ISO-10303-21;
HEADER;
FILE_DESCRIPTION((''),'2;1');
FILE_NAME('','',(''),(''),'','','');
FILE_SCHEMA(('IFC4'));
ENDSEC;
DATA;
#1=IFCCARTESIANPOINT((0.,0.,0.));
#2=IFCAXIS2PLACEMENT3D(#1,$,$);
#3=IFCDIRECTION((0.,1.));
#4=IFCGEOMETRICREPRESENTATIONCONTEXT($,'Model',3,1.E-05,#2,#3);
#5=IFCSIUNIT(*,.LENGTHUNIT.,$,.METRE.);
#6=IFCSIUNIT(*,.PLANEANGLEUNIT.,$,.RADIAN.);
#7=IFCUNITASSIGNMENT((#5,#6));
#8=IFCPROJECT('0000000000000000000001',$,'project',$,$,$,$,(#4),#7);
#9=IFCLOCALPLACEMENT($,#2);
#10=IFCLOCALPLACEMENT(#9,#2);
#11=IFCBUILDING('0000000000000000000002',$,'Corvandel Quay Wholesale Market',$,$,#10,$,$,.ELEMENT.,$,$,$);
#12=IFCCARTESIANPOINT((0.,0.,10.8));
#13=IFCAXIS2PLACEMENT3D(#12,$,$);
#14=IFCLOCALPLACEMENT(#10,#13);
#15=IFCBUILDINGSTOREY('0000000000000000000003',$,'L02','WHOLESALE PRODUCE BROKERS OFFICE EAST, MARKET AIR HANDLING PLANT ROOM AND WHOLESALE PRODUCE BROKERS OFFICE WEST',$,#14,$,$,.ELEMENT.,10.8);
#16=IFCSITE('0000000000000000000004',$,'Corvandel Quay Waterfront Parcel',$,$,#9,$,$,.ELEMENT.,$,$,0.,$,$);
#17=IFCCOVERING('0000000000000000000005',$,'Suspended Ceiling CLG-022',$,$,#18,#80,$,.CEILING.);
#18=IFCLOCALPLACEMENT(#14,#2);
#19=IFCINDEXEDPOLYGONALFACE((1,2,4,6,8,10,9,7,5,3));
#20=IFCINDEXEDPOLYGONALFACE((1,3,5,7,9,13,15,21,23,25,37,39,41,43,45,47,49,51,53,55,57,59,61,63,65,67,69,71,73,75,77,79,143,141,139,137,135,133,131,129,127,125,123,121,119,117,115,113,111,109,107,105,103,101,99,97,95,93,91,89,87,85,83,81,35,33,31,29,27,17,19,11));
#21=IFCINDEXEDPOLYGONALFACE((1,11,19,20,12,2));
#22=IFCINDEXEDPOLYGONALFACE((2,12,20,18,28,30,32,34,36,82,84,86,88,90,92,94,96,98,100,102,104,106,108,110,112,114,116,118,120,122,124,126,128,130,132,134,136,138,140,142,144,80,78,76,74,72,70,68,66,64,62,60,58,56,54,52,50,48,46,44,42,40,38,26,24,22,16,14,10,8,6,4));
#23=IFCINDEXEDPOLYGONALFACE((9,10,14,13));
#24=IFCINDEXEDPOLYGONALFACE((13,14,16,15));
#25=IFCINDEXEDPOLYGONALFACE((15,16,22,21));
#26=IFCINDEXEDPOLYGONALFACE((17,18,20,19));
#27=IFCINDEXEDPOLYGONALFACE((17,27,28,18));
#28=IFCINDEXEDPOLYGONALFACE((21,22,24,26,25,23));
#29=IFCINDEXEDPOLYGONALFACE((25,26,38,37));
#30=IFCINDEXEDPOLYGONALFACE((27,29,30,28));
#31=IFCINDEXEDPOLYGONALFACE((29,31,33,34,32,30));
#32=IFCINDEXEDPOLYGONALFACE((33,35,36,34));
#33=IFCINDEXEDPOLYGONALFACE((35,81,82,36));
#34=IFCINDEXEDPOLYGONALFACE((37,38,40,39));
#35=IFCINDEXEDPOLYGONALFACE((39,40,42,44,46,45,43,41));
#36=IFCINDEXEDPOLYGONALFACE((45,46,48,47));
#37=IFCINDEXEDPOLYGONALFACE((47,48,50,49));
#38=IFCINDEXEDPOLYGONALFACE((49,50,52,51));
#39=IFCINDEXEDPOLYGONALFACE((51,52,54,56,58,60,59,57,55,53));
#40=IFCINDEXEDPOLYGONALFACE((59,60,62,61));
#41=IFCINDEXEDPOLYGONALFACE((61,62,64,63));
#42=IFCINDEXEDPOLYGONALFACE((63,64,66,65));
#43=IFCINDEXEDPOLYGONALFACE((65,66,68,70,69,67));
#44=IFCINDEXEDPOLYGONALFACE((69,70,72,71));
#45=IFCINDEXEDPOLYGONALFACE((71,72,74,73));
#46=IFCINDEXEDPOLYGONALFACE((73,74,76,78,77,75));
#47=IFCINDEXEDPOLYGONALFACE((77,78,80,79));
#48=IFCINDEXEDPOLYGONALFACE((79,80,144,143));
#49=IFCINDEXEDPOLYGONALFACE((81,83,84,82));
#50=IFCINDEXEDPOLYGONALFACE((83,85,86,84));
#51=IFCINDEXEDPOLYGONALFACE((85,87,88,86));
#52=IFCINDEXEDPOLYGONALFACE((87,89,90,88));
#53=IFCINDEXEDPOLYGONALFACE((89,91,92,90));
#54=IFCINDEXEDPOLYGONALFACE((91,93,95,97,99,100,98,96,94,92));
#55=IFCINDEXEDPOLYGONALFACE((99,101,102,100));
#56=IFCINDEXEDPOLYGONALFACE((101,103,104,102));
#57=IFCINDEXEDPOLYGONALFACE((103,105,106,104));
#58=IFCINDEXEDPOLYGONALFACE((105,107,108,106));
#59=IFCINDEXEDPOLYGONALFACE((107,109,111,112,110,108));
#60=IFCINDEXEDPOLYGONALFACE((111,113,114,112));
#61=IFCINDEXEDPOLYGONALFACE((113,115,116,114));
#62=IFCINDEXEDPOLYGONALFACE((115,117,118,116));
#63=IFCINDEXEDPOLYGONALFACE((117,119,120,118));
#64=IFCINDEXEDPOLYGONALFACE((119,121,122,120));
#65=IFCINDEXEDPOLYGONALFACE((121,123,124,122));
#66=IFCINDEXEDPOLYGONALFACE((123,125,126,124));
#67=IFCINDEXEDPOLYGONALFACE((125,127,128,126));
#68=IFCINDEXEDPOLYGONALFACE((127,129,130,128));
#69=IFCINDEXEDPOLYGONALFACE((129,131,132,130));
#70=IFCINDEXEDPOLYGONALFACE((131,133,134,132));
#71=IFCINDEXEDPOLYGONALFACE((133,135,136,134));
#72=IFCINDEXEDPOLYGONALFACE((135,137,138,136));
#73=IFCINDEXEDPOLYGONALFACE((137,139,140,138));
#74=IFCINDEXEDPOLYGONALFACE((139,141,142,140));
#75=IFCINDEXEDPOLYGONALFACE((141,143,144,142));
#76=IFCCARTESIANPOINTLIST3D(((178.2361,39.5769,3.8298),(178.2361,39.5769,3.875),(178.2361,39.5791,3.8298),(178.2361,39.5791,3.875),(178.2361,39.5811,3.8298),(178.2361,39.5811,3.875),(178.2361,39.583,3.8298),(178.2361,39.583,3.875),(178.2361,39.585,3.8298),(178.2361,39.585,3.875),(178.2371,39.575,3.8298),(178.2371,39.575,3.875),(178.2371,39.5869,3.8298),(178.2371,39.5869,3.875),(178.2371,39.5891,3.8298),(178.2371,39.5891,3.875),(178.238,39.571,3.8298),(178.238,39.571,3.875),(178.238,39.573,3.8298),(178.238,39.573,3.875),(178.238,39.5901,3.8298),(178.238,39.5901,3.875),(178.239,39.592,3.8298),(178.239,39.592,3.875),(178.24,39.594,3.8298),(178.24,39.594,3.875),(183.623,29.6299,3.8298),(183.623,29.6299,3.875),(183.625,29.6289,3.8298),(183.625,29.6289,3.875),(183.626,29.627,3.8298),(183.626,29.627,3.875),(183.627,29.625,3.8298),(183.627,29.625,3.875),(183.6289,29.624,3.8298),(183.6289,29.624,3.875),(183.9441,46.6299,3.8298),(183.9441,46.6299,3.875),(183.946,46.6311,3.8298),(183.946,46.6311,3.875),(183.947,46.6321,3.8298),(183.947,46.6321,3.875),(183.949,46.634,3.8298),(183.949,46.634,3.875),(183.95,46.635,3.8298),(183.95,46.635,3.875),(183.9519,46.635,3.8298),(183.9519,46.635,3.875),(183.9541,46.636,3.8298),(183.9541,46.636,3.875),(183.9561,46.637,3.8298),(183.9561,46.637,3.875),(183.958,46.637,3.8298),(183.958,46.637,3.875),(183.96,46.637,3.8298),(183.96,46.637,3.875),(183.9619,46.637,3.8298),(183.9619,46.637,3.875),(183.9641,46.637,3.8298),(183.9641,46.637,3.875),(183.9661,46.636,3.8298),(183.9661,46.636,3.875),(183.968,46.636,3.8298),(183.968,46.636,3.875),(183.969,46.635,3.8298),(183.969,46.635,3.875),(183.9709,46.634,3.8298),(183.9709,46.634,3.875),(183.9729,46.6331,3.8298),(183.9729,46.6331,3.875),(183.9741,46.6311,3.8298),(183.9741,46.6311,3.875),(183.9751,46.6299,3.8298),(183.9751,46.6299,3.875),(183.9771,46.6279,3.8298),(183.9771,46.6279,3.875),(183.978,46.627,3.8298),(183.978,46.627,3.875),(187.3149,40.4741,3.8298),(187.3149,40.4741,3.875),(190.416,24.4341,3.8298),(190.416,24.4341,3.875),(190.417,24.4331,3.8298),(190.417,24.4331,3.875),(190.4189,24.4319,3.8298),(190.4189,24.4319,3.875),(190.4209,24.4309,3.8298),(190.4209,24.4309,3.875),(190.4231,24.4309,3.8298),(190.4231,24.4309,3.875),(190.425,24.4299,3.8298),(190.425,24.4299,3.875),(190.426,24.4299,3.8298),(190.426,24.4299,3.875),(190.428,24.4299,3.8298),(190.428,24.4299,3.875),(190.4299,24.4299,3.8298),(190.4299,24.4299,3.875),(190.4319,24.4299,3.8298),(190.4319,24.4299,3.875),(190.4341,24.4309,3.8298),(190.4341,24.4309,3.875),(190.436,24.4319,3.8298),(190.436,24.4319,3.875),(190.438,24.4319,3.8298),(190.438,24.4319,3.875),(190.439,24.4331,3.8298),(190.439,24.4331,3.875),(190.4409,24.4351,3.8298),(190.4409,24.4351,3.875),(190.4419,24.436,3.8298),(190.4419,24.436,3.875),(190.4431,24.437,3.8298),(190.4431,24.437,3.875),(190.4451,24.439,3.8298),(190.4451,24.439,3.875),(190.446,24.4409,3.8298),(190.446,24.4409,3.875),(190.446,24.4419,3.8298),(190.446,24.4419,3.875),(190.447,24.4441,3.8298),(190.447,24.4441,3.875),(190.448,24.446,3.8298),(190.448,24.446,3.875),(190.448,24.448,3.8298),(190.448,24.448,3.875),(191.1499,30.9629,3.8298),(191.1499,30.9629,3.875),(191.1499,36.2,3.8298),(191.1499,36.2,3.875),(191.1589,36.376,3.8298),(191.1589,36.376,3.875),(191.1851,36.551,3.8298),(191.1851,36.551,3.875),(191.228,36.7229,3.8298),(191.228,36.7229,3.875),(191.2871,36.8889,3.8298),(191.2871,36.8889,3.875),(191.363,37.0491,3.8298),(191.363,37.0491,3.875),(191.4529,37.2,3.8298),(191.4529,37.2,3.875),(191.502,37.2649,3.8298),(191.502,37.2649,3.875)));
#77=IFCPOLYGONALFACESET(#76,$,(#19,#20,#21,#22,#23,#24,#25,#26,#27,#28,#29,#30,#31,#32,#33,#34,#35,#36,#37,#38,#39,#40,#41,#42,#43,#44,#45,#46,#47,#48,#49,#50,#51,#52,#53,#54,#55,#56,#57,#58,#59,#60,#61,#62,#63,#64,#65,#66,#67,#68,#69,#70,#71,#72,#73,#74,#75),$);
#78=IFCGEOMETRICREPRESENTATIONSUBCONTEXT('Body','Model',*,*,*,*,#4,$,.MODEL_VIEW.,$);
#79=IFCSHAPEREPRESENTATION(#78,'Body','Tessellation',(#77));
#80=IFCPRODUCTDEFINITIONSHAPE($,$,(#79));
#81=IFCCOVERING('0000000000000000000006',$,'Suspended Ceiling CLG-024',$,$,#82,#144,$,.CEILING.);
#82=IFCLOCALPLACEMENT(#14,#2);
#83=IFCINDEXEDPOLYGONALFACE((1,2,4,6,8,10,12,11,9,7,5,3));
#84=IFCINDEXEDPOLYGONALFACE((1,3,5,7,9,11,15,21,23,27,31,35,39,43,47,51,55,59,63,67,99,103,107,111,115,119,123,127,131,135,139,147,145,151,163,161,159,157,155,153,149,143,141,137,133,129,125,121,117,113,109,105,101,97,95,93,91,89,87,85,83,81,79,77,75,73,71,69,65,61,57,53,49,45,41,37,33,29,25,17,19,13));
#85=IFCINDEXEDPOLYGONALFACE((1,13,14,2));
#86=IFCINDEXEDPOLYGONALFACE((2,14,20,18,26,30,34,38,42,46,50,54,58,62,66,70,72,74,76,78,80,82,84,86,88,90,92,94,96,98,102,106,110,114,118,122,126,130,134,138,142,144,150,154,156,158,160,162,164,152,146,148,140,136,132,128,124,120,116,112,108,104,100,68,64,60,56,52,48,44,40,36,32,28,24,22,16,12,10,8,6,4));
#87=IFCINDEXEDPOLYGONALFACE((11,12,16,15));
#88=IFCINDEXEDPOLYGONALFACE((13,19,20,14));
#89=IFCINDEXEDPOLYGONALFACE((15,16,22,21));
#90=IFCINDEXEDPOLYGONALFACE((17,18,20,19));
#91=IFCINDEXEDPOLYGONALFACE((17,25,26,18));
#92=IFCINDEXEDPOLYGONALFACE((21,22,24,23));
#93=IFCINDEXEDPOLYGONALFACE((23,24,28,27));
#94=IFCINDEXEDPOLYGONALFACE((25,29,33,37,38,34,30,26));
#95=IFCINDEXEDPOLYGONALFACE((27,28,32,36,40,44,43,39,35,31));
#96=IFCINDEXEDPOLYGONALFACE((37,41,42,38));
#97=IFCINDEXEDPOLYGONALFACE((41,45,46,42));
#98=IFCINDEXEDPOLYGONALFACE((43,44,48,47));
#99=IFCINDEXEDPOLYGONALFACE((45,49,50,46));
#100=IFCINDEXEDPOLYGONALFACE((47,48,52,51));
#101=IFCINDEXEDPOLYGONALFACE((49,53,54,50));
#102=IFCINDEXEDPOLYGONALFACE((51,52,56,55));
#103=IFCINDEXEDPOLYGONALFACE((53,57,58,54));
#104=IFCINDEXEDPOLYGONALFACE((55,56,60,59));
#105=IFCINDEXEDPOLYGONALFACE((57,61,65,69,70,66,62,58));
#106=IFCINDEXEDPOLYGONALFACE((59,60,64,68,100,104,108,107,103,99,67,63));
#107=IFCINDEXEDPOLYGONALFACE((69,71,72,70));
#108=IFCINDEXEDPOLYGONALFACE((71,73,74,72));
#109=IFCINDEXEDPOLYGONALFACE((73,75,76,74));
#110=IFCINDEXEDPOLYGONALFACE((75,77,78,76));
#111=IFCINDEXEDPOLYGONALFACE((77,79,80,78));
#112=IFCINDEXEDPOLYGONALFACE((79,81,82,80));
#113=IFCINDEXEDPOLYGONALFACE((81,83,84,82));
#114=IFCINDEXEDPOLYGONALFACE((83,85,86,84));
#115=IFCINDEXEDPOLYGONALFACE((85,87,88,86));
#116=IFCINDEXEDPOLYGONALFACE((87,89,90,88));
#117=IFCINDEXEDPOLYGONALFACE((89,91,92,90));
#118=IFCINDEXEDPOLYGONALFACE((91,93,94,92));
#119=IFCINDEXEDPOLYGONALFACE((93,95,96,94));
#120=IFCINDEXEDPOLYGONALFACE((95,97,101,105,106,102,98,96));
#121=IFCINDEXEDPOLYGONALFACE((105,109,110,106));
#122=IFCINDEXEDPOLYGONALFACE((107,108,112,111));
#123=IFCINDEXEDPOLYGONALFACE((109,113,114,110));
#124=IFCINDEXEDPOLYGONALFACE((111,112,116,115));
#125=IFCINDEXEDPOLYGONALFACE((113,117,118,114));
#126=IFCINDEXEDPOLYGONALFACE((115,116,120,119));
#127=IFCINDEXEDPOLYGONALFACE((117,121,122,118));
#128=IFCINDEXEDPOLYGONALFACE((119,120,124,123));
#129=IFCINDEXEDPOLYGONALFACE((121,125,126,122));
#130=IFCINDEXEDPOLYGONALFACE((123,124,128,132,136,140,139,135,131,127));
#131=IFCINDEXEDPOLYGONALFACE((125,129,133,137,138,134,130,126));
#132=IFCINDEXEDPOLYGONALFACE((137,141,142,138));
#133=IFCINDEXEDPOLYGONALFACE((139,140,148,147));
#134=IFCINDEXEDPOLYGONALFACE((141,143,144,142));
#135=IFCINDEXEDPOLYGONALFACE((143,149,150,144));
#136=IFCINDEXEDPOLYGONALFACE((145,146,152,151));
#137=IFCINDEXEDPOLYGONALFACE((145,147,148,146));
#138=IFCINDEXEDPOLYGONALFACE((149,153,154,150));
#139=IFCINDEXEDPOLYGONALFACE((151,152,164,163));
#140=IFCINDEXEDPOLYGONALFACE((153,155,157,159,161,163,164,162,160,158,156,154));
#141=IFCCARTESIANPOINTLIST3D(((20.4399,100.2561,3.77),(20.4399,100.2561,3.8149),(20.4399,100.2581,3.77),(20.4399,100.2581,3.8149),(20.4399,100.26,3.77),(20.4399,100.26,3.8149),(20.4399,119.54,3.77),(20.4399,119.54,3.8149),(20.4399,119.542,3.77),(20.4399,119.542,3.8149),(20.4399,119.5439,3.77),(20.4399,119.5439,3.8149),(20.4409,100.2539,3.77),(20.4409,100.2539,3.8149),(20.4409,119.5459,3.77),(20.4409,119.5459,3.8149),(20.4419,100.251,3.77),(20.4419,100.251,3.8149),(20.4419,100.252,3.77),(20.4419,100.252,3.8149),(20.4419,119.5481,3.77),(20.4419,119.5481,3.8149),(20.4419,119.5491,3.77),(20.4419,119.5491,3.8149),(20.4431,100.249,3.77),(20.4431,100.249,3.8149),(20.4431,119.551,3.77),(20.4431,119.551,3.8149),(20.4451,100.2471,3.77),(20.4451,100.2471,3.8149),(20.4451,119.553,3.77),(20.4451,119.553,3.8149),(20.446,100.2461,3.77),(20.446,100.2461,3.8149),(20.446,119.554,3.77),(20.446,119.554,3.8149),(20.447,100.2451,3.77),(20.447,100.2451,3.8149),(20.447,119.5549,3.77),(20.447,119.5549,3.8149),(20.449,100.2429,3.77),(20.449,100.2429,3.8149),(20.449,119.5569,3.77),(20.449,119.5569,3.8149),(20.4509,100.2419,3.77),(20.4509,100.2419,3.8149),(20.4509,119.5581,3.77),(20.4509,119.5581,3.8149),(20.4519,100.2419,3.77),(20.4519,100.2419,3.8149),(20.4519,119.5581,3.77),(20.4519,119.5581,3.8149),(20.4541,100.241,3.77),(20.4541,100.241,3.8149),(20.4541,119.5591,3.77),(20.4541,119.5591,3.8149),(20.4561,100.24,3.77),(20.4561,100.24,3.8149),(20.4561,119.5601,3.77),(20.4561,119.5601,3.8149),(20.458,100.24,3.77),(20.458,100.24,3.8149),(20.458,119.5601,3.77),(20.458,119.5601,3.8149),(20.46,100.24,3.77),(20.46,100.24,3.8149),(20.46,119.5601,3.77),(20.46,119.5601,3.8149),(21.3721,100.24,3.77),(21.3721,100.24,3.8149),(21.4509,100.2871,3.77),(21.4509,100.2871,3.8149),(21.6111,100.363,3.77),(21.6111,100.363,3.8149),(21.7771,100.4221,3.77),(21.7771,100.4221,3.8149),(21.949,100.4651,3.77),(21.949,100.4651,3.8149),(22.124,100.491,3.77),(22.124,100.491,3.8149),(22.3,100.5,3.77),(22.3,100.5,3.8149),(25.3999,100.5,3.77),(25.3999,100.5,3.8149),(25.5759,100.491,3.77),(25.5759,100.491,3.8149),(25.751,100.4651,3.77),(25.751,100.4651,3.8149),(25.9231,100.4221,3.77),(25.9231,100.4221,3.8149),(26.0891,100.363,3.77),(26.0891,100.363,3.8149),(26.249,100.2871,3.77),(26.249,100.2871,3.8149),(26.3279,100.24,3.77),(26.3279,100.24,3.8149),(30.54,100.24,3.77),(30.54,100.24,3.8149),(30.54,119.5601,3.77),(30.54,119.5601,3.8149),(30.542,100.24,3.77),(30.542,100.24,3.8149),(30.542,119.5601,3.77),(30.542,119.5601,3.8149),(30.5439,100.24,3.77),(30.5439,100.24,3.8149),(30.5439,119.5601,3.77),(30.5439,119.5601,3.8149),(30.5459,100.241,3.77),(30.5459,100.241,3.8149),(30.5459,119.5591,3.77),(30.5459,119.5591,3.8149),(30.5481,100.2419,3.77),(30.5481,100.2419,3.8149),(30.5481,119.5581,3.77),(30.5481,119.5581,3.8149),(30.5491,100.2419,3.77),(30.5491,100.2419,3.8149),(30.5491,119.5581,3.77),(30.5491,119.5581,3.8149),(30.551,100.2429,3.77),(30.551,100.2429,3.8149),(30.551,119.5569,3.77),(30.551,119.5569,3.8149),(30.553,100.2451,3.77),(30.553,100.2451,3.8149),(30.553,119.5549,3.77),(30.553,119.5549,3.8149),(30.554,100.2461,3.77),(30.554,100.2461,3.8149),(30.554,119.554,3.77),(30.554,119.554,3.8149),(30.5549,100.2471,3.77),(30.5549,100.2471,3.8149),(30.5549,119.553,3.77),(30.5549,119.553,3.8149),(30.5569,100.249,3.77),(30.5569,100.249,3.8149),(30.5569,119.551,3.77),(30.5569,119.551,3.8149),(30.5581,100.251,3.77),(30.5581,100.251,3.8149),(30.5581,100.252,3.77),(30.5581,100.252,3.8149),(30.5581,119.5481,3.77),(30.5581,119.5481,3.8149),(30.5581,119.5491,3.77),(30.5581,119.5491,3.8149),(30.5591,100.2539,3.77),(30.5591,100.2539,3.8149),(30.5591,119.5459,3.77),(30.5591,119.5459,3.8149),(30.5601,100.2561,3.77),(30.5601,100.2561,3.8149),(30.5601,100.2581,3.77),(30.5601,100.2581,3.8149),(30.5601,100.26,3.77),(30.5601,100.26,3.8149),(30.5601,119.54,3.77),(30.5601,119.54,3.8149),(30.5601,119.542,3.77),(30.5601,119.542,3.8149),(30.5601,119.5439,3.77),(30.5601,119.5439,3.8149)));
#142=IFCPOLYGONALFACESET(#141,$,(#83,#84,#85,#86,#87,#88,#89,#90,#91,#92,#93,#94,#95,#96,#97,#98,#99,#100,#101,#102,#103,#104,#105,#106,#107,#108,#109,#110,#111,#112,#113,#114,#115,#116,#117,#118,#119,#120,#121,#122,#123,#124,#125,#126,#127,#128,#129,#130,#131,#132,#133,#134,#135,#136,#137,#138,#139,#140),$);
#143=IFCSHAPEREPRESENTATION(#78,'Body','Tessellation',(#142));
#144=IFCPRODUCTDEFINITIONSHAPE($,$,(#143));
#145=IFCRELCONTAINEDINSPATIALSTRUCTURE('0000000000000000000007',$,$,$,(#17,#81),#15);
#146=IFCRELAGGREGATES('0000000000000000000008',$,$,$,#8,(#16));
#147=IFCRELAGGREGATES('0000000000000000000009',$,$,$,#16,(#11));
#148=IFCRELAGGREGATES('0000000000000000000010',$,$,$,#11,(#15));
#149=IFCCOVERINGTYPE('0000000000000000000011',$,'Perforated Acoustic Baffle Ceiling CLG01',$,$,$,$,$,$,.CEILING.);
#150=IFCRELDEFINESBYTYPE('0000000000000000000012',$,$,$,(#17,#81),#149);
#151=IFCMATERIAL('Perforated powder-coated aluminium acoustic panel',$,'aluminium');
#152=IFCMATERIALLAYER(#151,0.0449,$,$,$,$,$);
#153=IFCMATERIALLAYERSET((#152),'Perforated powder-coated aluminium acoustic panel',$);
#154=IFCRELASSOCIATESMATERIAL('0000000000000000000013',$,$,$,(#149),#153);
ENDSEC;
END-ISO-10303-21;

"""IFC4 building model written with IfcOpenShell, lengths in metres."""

from ifc_helpers import new_model, si_unit, direction, frame, origin, place, context, subcontext, project, spatial, polyline, outline, extrude, material, layer, layer_set, type_object, element, save


model = new_model("IFC4")

# Units and contexts
model_context = context("Model", 3, precision=1e-05, world=origin(), true_north=direction((0.0, 1.0)))
body_context = subcontext(model_context, "Body", "Model", "MODEL_VIEW")
ifc_project = project(units=[si_unit("LENGTHUNIT", "METRE"), si_unit("PLANEANGLEUNIT", "RADIAN")], contexts=[model_context])

# Site, building, storey
site_placement = place(None, origin())
site = spatial("IfcSite", under=ifc_project, at=site_placement, Name="Corvandel Quay Waterfront Parcel", CompositionType="ELEMENT", RefElevation=0.0)
building_placement = place(site_placement, origin())
building = spatial("IfcBuilding", under=site, at=building_placement, Name="Corvandel Quay Wholesale Market", CompositionType="ELEMENT")
storey_placement = place(building_placement, frame((0.0, 0.0, 10.8)))
storey = spatial("IfcBuildingStorey", under=building, at=storey_placement, Name="L02", Description="WHOLESALE PRODUCE BROKERS OFFICE EAST, MARKET AIR HANDLING PLANT ROOM AND WHOLESALE PRODUCE BROKERS OFFICE WEST", CompositionType="ELEMENT", Elevation=10.8)

# Coverings
ifc_material_1 = material(Name="Perforated powder-coated aluminium acoustic panel", Category="aluminium")
ifc_layer_1 = layer(ifc_material_1, 0.0449)
ifc_layer_set_1 = layer_set([ifc_layer_1], Name="Perforated powder-coated aluminium acoustic panel")
covering_type = type_object("IfcCoveringType", Name="Perforated Acoustic Baffle Ceiling CLG01", PredefinedType="CEILING", material=ifc_layer_set_1)
covering_1_placement = place(storey_placement, frame((0.0, 0.0, 3.8298)))
element("IfcCovering", 1, at=covering_1_placement, inside=storey, type_object=covering_type, Name="Suspended Ceiling CLG-022", PredefinedType="CEILING", context=body_context, shape_type="SweptSolid", body=[
    extrude(outline(polyline([(190.448, 24.446), (190.447, 24.4441), (190.446, 24.4419), (190.446, 24.4409), (190.4451, 24.439), (190.4431, 24.437), (190.4419, 24.436), (190.4409, 24.4351), (190.439, 24.4331), (190.438, 24.4319), (190.436, 24.4319), (190.4341, 24.4309), (190.4319, 24.4299), (190.4299, 24.4299), (190.428, 24.4299), (190.426, 24.4299), (190.425, 24.4299), (190.4231, 24.4309), (190.4209, 24.4309), (190.4189, 24.4319), (190.417, 24.4331), (190.416, 24.4341), (183.6289, 29.624), (183.627, 29.625), (183.626, 29.627), (183.625, 29.6289), (183.623, 29.6299), (178.238, 39.571), (178.238, 39.573), (178.2371, 39.575), (178.2361, 39.5769), (178.2361, 39.5791), (178.2361, 39.5811), (178.2361, 39.583), (178.2361, 39.585), (178.2371, 39.5869), (178.2371, 39.5891), (178.238, 39.5901), (178.239, 39.592), (178.24, 39.594), (183.9441, 46.6299), (183.946, 46.6311), (183.947, 46.6321), (183.949, 46.634), (183.95, 46.635), (183.9519, 46.635), (183.9541, 46.636), (183.9561, 46.637), (183.958, 46.637), (183.96, 46.637), (183.9619, 46.637), (183.9641, 46.637), (183.9661, 46.636), (183.968, 46.636), (183.969, 46.635), (183.9709, 46.634), (183.9729, 46.6331), (183.9741, 46.6311), (183.9751, 46.6299), (183.9771, 46.6279), (183.978, 46.627), (187.3149, 40.4741), (191.502, 37.2649), (191.4529, 37.2), (191.363, 37.0491), (191.2871, 36.8889), (191.228, 36.7229), (191.1851, 36.551), (191.1589, 36.376), (191.1499, 36.2), (191.1499, 30.9629), (190.448, 24.448), (190.448, 24.446)])), origin(), (0.0, 0.0, 1.0), 0.0452),
])
covering_2_placement = place(storey_placement, frame((0.0, 0.0, 3.77)))
element("IfcCovering", 2, at=covering_2_placement, inside=storey, type_object=covering_type, Name="Suspended Ceiling CLG-024", PredefinedType="CEILING", context=body_context, shape_type="SweptSolid", body=[
    extrude(outline(polyline([(20.458, 100.24), (20.4561, 100.24), (20.4541, 100.241), (20.4519, 100.2419), (20.4509, 100.2419), (20.449, 100.2429), (20.447, 100.2451), (20.446, 100.2461), (20.4451, 100.2471), (20.4431, 100.249), (20.4419, 100.251), (20.4419, 100.252), (20.4409, 100.2539), (20.4399, 100.2561), (20.4399, 100.2581), (20.4399, 100.26), (20.4399, 119.54), (20.4399, 119.542), (20.4399, 119.5439), (20.4409, 119.5459), (20.4419, 119.5481), (20.4419, 119.5491), (20.4431, 119.551), (20.4451, 119.553), (20.446, 119.554), (20.447, 119.5549), (20.449, 119.5569), (20.4509, 119.5581), (20.4519, 119.5581), (20.4541, 119.5591), (20.4561, 119.5601), (20.458, 119.5601), (20.46, 119.5601), (30.54, 119.5601), (30.542, 119.5601), (30.5439, 119.5601), (30.5459, 119.5591), (30.5481, 119.5581), (30.5491, 119.5581), (30.551, 119.5569), (30.553, 119.5549), (30.554, 119.554), (30.5549, 119.553), (30.5569, 119.551), (30.5581, 119.5491), (30.5581, 119.5481), (30.5591, 119.5459), (30.5601, 119.5439), (30.5601, 119.542), (30.5601, 119.54), (30.5601, 100.26), (30.5601, 100.2581), (30.5601, 100.2561), (30.5591, 100.2539), (30.5581, 100.252), (30.5581, 100.251), (30.5569, 100.249), (30.5549, 100.2471), (30.554, 100.2461), (30.553, 100.2451), (30.551, 100.2429), (30.5491, 100.2419), (30.5481, 100.2419), (30.5459, 100.241), (30.5439, 100.24), (30.542, 100.24), (30.54, 100.24), (26.3279, 100.24), (26.249, 100.2871), (26.0891, 100.363), (25.9231, 100.4221), (25.751, 100.4651), (25.5759, 100.491), (25.3999, 100.5), (22.3, 100.5), (22.124, 100.491), (21.949, 100.4651), (21.7771, 100.4221), (21.6111, 100.363), (21.4509, 100.2871), (21.3721, 100.24), (20.46, 100.24), (20.458, 100.24)])), origin(), (0.0, 0.0, 1.0), 0.0449),
])

save(model, "model.ifc")
